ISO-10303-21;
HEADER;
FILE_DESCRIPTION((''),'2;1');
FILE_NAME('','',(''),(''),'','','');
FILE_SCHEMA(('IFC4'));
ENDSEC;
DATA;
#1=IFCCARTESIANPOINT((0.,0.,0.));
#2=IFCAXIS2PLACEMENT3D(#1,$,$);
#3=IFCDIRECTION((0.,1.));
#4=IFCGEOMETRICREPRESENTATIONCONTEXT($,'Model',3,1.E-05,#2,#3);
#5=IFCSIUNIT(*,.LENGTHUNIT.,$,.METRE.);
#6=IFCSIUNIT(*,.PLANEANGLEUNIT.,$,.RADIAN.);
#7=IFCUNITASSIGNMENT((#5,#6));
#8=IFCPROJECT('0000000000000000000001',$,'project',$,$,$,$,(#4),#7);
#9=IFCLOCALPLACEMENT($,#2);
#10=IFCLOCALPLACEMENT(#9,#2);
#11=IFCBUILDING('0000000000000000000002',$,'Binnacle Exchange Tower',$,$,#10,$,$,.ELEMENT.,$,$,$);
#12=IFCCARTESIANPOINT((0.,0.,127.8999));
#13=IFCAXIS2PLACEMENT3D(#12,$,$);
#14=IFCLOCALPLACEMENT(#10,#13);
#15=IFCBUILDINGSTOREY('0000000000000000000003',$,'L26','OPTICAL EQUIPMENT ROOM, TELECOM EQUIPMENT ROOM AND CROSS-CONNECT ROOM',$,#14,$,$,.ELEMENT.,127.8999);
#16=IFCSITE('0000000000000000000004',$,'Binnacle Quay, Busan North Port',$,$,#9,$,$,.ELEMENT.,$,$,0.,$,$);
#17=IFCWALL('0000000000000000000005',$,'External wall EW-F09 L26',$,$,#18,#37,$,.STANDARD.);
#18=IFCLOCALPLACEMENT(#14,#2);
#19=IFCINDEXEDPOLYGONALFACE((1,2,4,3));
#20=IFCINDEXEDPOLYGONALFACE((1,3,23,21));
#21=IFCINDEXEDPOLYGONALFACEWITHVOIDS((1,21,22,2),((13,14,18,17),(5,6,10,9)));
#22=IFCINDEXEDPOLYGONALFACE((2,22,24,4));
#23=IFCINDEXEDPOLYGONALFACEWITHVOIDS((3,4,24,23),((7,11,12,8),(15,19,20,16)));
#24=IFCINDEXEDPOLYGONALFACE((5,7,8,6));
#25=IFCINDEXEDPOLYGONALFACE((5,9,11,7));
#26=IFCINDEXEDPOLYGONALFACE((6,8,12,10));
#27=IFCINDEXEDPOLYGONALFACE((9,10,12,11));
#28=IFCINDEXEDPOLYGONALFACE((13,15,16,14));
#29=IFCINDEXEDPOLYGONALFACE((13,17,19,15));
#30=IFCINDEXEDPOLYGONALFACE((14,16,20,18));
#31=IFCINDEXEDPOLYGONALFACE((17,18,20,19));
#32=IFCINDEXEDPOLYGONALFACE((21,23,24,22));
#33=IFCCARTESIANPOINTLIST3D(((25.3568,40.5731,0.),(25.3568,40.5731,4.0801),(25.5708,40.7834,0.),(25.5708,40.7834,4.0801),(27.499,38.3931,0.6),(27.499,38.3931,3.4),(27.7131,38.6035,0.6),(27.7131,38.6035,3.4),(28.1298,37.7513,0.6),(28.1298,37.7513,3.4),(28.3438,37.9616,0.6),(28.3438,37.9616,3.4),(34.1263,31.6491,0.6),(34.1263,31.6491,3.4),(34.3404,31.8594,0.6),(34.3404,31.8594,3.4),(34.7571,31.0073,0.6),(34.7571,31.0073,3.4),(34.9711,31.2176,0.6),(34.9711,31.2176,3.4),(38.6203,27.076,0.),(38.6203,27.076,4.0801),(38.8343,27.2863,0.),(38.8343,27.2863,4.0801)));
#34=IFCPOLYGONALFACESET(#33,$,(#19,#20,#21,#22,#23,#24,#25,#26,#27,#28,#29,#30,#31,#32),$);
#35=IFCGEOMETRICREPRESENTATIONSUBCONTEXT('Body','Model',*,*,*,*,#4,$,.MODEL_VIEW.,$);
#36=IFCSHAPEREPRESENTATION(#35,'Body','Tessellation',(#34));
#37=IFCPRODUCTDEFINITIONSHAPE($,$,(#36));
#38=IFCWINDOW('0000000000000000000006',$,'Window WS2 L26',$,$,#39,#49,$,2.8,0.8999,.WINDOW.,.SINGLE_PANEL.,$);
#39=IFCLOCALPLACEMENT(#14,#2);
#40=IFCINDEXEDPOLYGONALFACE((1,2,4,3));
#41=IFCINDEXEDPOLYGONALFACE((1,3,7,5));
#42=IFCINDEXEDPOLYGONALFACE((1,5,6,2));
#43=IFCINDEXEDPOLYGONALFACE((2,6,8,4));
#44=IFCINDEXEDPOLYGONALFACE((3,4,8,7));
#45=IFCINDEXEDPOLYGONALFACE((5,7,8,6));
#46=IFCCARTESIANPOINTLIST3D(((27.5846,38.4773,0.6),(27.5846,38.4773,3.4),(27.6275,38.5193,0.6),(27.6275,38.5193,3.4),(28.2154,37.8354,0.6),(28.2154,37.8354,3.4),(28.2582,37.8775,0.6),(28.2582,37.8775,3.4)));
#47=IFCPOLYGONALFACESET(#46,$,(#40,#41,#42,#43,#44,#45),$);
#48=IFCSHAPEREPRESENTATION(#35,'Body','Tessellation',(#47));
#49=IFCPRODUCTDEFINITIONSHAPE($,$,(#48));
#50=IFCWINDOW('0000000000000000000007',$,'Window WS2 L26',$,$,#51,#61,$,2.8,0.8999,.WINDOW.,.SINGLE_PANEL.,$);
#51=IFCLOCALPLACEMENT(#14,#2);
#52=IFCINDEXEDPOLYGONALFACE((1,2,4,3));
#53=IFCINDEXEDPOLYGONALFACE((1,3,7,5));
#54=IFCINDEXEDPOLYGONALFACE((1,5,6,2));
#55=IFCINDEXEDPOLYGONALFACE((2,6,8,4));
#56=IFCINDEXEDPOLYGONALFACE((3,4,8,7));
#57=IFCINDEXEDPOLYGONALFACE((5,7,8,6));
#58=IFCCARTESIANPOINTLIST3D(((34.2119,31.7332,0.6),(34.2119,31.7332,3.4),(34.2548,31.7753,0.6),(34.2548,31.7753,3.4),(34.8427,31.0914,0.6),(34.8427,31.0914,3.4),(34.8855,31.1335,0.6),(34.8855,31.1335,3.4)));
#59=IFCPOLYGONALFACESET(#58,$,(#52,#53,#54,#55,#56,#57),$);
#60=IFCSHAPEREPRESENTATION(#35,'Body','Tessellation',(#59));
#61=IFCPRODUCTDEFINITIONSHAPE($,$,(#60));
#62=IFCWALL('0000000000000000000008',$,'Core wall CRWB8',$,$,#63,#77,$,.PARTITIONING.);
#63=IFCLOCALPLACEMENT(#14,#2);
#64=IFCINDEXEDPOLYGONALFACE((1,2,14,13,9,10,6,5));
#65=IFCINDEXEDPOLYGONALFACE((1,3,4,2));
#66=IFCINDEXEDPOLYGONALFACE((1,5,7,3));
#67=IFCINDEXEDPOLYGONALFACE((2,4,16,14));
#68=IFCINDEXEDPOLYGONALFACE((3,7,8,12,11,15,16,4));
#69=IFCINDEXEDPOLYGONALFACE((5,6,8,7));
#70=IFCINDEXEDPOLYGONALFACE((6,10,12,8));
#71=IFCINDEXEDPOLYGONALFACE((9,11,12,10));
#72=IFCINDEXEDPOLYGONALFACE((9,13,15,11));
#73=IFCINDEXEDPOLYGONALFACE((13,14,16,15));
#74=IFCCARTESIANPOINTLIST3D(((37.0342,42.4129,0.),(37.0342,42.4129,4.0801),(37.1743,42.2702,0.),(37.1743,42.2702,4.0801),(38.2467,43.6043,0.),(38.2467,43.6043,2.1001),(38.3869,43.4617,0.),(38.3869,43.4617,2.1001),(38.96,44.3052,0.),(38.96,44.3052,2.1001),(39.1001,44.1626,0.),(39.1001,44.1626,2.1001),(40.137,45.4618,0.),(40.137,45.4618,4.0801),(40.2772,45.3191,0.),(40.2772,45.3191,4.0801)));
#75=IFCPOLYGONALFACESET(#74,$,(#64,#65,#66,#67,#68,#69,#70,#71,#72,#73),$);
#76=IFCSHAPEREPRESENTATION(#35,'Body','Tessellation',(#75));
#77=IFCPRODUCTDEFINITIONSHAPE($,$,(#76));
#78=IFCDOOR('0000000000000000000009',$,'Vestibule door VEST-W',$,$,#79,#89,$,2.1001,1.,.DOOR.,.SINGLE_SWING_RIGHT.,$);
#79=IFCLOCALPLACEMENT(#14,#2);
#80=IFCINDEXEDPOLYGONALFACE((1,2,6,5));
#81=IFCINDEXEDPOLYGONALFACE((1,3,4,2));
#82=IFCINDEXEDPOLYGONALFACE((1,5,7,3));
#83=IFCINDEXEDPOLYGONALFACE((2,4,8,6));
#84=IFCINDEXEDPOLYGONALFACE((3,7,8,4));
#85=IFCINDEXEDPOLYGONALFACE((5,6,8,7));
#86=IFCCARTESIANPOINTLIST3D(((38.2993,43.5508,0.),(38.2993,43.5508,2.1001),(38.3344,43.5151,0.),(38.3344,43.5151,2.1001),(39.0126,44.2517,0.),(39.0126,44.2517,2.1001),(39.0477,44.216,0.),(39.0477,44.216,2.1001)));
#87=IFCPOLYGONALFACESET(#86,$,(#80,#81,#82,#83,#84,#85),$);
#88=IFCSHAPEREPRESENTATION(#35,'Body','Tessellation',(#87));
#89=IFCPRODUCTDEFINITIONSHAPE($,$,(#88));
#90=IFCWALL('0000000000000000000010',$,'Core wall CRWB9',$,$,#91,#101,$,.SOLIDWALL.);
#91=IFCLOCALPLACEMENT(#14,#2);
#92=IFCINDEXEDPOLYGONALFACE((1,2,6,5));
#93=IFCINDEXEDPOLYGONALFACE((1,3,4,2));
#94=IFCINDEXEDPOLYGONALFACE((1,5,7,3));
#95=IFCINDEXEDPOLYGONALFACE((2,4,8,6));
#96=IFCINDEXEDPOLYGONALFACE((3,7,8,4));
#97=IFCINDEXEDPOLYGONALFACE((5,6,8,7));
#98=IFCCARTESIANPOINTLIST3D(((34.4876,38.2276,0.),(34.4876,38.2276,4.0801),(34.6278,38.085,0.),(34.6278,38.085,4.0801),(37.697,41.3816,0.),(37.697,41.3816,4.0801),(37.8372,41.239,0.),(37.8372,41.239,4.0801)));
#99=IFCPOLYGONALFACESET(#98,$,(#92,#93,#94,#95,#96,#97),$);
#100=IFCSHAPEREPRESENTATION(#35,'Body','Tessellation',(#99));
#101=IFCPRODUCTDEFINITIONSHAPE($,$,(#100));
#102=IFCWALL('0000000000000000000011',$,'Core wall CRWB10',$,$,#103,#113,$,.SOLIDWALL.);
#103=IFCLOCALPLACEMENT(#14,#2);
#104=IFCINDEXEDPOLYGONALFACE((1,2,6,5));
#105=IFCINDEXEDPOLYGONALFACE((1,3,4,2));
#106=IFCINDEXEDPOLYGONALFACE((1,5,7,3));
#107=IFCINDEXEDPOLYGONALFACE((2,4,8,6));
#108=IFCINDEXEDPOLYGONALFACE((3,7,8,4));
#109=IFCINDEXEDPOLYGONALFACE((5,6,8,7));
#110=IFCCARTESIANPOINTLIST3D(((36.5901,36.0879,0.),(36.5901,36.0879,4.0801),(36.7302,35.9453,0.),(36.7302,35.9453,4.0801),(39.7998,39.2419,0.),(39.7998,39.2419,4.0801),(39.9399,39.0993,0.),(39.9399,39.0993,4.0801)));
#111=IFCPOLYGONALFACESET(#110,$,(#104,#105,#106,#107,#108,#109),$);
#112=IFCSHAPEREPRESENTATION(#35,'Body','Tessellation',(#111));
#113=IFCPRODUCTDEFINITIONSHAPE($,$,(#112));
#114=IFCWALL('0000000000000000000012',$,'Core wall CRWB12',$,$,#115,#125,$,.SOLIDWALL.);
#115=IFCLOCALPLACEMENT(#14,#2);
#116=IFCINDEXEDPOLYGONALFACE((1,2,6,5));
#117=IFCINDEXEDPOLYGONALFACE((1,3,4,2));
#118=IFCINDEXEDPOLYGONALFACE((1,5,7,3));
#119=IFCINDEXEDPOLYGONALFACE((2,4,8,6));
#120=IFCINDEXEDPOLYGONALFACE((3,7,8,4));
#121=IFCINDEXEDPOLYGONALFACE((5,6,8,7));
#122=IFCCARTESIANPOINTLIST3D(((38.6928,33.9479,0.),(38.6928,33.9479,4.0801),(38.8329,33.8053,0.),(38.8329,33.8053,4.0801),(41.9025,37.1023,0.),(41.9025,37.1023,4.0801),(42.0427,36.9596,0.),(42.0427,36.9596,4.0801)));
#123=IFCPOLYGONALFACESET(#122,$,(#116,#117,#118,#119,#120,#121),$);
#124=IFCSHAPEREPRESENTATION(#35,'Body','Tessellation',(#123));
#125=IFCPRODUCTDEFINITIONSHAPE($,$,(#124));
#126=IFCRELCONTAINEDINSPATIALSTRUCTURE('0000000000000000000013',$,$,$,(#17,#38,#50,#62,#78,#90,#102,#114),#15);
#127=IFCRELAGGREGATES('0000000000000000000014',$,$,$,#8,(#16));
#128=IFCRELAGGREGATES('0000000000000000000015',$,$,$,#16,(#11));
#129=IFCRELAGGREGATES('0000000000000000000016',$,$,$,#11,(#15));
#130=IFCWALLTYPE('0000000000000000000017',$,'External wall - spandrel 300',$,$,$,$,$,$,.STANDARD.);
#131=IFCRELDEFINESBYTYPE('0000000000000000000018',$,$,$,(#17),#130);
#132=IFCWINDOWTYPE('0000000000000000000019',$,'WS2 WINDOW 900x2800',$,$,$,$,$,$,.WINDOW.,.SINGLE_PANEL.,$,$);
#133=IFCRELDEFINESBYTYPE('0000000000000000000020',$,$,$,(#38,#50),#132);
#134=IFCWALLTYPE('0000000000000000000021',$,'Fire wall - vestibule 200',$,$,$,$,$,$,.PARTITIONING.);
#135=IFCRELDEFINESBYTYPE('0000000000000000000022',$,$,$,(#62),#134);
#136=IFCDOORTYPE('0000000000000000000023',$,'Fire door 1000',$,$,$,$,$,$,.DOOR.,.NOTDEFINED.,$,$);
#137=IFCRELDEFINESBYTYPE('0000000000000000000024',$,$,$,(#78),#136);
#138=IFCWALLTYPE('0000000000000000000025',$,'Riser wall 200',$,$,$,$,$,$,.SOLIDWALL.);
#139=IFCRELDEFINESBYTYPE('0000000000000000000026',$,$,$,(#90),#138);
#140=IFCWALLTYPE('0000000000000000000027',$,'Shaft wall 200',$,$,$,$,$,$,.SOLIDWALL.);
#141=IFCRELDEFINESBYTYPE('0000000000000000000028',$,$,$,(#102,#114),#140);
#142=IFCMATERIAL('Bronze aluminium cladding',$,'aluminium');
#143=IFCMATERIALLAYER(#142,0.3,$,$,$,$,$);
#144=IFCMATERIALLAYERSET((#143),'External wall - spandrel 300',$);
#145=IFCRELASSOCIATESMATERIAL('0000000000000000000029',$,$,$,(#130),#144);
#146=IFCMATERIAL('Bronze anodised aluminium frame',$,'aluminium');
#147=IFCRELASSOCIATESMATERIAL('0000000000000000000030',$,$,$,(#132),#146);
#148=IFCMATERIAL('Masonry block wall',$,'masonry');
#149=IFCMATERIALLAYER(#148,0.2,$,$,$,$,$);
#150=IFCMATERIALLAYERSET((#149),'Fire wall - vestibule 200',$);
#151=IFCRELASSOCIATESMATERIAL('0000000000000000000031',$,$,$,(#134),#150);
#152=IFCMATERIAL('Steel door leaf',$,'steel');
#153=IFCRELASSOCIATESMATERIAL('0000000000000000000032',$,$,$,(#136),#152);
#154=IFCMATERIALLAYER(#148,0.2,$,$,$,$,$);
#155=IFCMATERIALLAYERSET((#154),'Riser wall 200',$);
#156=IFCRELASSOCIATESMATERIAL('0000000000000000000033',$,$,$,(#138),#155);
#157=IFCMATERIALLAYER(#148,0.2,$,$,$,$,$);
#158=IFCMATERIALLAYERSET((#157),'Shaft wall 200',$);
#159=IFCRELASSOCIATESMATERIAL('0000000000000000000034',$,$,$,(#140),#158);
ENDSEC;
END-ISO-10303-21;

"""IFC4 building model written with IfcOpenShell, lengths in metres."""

from ifc_helpers import new_model, si_unit, direction, frame, frame_2d, origin, place, context, subcontext, project, spatial, rectangle, extrude, material, layer, layer_set, type_object, element, fill, save


model = new_model("IFC4")

# Units and contexts
model_context = context("Model", 3, precision=1e-05, world=origin(), true_north=direction((0.0, 1.0)))
body_context = subcontext(model_context, "Body", "Model", "MODEL_VIEW")
ifc_project = project(units=[si_unit("LENGTHUNIT", "METRE"), si_unit("PLANEANGLEUNIT", "RADIAN")], contexts=[model_context])

# Site, building, storey
site_placement = place(None, origin())
site = spatial("IfcSite", under=ifc_project, at=site_placement, Name="Binnacle Quay, Busan North Port", CompositionType="ELEMENT", RefElevation=0.0)
building_placement = place(site_placement, origin())
building = spatial("IfcBuilding", under=site, at=building_placement, Name="Binnacle Exchange Tower", CompositionType="ELEMENT")
storey_placement = place(building_placement, frame((0.0, 0.0, 127.8999)))
storey = spatial("IfcBuildingStorey", under=building, at=storey_placement, Name="L26", Description="OPTICAL EQUIPMENT ROOM, TELECOM EQUIPMENT ROOM AND CROSS-CONNECT ROOM", CompositionType="ELEMENT", Elevation=127.8999)

# Shared definitions
ifc_material_1 = material(Name="Steel door leaf", Category="steel")

# Wall, openings, windows
ifc_material_2 = material(Name="Bronze aluminium cladding", Category="aluminium")
ifc_layer_1 = layer(ifc_material_2, 0.3)
ifc_layer_set_1 = layer_set([ifc_layer_1], Name="External wall - spandrel 300")
wall_type_1 = type_object("IfcWallType", Name="External wall - spandrel 300", PredefinedType="STANDARD", material=ifc_layer_set_1)
wall_1_placement = place(storey_placement, frame((38.7273, 27.1812, 0.0), z_axis=(0.0, 0.0, 1.0), x_axis=(-0.700906, 0.713253, 0.0)))
wall_1 = element("IfcWall", 1, at=wall_1_placement, inside=storey, type_object=wall_type_1, Name="External wall EW-F09 L26", PredefinedType="STANDARD", context=body_context, shape_type="SweptSolid", body=[
    extrude(rectangle(XDim=18.9233, YDim=0.3, at=frame_2d((9.4617, 0.0))), origin(), (0.0, 0.0, 1.0), 4.0801),
])
opening_1_placement = place(wall_1_placement, frame((14.967, 0.0, 0.6001)))
opening_1 = element("IfcOpeningElement", 2, at=opening_1_placement, cuts=wall_1, PredefinedType="OPENING", context=body_context, shape_type="SweptSolid", body=[
    extrude(rectangle(XDim=0.8999, YDim=2.8, at=frame_2d((0.45, 1.3999))), frame((0.0, 0.1599, 0.0), z_axis=(0.0, -1.0, 0.0), x_axis=(1.0, 0.0, 0.0)), (0.0, 0.0, 1.0), 0.3201),
])
opening_2_placement = place(wall_1_placement, frame((5.5117, 0.0, 0.6001)))
opening_2 = element("IfcOpeningElement", 3, at=opening_2_placement, cuts=wall_1, PredefinedType="OPENING", context=body_context, shape_type="SweptSolid", body=[
    extrude(rectangle(XDim=0.8999, YDim=2.8, at=frame_2d((0.45, 1.3999))), frame((0.0, 0.1599, 0.0), z_axis=(0.0, -1.0, 0.0), x_axis=(1.0, 0.0, 0.0)), (0.0, 0.0, 1.0), 0.3201),
])
ifc_material_3 = material(Name="Bronze anodised aluminium frame", Category="aluminium")
window_type = type_object("IfcWindowType", Name="WS2 WINDOW 900x2800", PartitioningType="SINGLE_PANEL", PredefinedType="WINDOW", material=ifc_material_3)
window_1_placement = place(opening_1_placement, origin())
window_1 = element("IfcWindow", 4, at=window_1_placement, inside=storey, type_object=window_type, Name="Window WS2 L26", OverallHeight=2.8, OverallWidth=0.8999, PartitioningType="SINGLE_PANEL", PredefinedType="WINDOW", context=body_context, shape_type="SweptSolid", body=[
    extrude(rectangle(XDim=0.8999, YDim=2.8, at=frame_2d((0.45, 1.3999))), frame((0.0, 0.03, 0.0), z_axis=(0.0, -1.0, 0.0), x_axis=(1.0, 0.0, 0.0)), (0.0, 0.0, 1.0), 0.0601),
])
fill(opening_1, window_1)
window_2_placement = place(opening_2_placement, origin())
window_2 = element("IfcWindow", 5, at=window_2_placement, inside=storey, type_object=window_type, Name="Window WS2 L26", OverallHeight=2.8, OverallWidth=0.8999, PartitioningType="SINGLE_PANEL", PredefinedType="WINDOW", context=body_context, shape_type="SweptSolid", body=[
    extrude(rectangle(XDim=0.8999, YDim=2.8, at=frame_2d((0.45, 1.3999))), frame((0.0, 0.03, 0.0), z_axis=(0.0, -1.0, 0.0), x_axis=(1.0, 0.0, 0.0)), (0.0, 0.0, 1.0), 0.0601),
])
fill(opening_2, window_2)

# Wall, opening, door
ifc_material_4 = material(Name="Masonry block wall", Category="masonry")
ifc_layer_2 = layer(ifc_material_4, 0.2)
ifc_layer_set_2 = layer_set([ifc_layer_2], Name="Fire wall - vestibule 200")
wall_type_2 = type_object("IfcWallType", Name="Fire wall - vestibule 200", PredefinedType="PARTITIONING", material=ifc_layer_set_2)
wall_2_placement = place(storey_placement, frame((37.1042, 42.3416, 0.0), z_axis=(0.0, 0.0, 1.0), x_axis=(0.713281, 0.700878, 0.0)))
wall_2 = element("IfcWall", 6, at=wall_2_placement, inside=storey, type_object=wall_type_2, Name="Core wall CRWB8", PredefinedType="PARTITIONING", context=body_context, shape_type="SweptSolid", body=[
    extrude(rectangle(XDim=4.3501, YDim=0.2, at=frame_2d((2.175, 0.0))), origin(), (0.0, 0.0, 1.0), 4.0801),
])
opening_3_placement = place(wall_2_placement, frame((1.7, 0.0, 0.0)))
opening_3 = element("IfcOpeningElement", 7, at=opening_3_placement, cuts=wall_2, PredefinedType="OPENING", context=body_context, shape_type="SweptSolid", body=[
    extrude(rectangle(XDim=1.0, YDim=2.1001, at=frame_2d((0.5, 1.05))), frame((0.0, 0.1099, 0.0), z_axis=(0.0, -1.0, 0.0), x_axis=(1.0, 0.0, 0.0)), (0.0, 0.0, 1.0), 0.22),
])
door_type_1 = type_object("IfcDoorType", Name="Fire door 1000", OperationType="NOTDEFINED", PredefinedType="DOOR", material=ifc_material_1)
door_1_placement = place(opening_3_placement, origin())
door_1 = element("IfcDoor", 8, at=door_1_placement, inside=storey, type_object=door_type_1, Name="Vestibule door VEST-W", OperationType="SINGLE_SWING_RIGHT", OverallHeight=2.1001, OverallWidth=1.0, PredefinedType="DOOR", context=body_context, shape_type="SweptSolid", body=[
    extrude(rectangle(XDim=1.0, YDim=2.1001, at=frame_2d((0.5, 1.05))), frame((0.0, 0.0249, 0.0), z_axis=(0.0, -1.0, 0.0), x_axis=(1.0, 0.0, 0.0)), (0.0, 0.0, 1.0), 0.05),
])
fill(opening_3, door_1)

# Walls
ifc_layer_3 = layer(ifc_material_4, 0.2)
ifc_layer_set_3 = layer_set([ifc_layer_3], Name="Riser wall 200")
wall_type_3 = type_object("IfcWallType", Name="Riser wall 200", PredefinedType="SOLIDWALL", material=ifc_layer_set_3)
wall_3_placement = place(storey_placement, frame((34.5576, 38.1562, 0.0), z_axis=(0.0, 0.0, 1.0), x_axis=(0.713238, 0.700922, 0.0)))
element("IfcWall", 9, at=wall_3_placement, inside=storey, type_object=wall_type_3, Name="Core wall CRWB9", PredefinedType="SOLIDWALL", context=body_context, shape_type="SweptSolid", body=[
    extrude(rectangle(XDim=4.4998, YDim=0.2, at=frame_2d((2.25, 0.0))), origin(), (0.0, 0.0, 1.0), 4.0801),
])
ifc_layer_4 = layer(ifc_material_4, 0.2)
ifc_layer_set_4 = layer_set([ifc_layer_4], Name="Shaft wall 200")
wall_type_4 = type_object("IfcWallType", Name="Shaft wall 200", PredefinedType="SOLIDWALL", material=ifc_layer_set_4)
wall_4_placement = place(storey_placement, frame((36.6602, 36.0166, 0.0), z_axis=(0.0, 0.0, 1.0), x_axis=(0.713265, 0.700895, 0.0)))
element("IfcWall", 10, at=wall_4_placement, inside=storey, type_object=wall_type_4, Name="Core wall CRWB10", PredefinedType="SOLIDWALL", context=body_context, shape_type="SweptSolid", body=[
    extrude(rectangle(XDim=4.5, YDim=0.2, at=frame_2d((2.25, 0.0))), origin(), (0.0, 0.0, 1.0), 4.0801),
])
wall_5_placement = place(storey_placement, frame((38.7629, 33.8767, 0.0), z_axis=(0.0, 0.0, 1.0), x_axis=(0.713237, 0.700922, 0.0)))
element("IfcWall", 11, at=wall_5_placement, inside=storey, type_object=wall_type_4, Name="Core wall CRWB12", PredefinedType="SOLIDWALL", context=body_context, shape_type="SweptSolid", body=[
    extrude(rectangle(XDim=4.5002, YDim=0.2, at=frame_2d((2.25, 0.0))), origin(), (0.0, 0.0, 1.0), 4.0801),
])

save(model, "model.ifc")
